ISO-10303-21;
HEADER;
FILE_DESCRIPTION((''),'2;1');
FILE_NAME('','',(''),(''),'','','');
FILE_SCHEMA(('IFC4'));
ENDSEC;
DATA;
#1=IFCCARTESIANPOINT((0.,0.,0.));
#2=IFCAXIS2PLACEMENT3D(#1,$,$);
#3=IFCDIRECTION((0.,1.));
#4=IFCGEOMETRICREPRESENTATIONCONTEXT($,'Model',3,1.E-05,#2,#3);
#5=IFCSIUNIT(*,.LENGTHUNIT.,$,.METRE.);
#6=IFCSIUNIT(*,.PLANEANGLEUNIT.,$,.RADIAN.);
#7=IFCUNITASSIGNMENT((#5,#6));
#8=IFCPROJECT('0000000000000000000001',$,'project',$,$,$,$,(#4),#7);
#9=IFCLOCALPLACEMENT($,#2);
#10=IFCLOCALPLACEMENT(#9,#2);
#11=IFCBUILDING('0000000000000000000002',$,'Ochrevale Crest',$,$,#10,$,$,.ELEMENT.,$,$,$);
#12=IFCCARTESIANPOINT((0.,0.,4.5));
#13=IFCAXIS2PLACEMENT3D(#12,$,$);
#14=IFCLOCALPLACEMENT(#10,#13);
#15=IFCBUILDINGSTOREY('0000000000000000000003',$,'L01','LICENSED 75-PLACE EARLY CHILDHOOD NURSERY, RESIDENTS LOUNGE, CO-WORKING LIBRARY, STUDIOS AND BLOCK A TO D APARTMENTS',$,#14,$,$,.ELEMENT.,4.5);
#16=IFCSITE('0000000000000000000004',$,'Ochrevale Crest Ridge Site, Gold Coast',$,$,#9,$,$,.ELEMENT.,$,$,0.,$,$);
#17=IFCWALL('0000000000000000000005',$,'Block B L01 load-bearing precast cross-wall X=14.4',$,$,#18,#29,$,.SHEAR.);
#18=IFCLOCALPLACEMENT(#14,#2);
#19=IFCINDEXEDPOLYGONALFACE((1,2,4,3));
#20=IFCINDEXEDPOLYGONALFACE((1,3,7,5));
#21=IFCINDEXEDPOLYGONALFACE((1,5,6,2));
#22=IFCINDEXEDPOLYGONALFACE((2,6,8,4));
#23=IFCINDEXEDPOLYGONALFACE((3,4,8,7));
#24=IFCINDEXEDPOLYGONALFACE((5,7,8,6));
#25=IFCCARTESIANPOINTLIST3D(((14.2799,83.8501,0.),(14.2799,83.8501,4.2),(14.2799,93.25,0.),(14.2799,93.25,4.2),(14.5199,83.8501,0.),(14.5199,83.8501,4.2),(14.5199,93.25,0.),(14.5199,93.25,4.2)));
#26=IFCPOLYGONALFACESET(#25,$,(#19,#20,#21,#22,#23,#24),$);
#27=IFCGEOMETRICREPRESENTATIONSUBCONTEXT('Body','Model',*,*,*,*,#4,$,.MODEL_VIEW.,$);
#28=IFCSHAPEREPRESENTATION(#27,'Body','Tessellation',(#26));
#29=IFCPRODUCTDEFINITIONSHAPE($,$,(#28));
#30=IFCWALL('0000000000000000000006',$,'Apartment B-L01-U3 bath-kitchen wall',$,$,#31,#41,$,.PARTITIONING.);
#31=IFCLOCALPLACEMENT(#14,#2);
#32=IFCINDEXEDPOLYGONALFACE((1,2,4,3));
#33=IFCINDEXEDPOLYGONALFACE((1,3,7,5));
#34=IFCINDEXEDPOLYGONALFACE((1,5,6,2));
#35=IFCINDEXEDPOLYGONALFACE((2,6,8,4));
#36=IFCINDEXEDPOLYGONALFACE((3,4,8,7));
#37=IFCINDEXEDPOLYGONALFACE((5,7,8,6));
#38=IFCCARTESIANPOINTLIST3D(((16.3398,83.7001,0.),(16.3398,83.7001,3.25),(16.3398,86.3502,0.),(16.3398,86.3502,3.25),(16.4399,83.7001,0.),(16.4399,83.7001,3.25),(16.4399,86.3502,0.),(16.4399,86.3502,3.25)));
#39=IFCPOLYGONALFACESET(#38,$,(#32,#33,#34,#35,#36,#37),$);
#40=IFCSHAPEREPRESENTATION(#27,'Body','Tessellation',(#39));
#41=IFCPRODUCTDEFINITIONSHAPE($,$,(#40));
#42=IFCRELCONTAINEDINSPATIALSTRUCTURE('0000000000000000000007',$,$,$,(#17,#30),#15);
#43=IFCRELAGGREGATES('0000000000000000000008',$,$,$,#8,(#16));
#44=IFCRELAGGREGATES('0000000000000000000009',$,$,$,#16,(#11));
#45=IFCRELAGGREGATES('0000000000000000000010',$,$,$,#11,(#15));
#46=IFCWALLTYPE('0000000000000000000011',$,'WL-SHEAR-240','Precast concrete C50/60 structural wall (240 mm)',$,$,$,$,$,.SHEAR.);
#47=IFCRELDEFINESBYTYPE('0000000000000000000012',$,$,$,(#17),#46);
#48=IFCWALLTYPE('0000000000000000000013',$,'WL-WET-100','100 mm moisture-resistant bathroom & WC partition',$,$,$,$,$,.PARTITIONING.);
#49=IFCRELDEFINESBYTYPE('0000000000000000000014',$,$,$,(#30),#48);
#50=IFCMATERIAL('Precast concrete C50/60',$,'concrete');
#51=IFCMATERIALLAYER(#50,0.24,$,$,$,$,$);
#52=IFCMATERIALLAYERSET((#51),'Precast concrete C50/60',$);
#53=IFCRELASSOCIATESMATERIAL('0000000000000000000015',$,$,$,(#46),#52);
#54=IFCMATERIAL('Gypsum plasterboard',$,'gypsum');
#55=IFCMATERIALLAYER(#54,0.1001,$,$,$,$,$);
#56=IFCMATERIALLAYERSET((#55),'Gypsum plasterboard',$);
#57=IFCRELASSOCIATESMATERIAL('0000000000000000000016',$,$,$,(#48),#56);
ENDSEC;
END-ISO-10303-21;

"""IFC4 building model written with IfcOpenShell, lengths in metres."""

from ifc_helpers import new_model, si_unit, direction, frame, frame_2d, origin, place, context, subcontext, project, spatial, rectangle, extrude, material, layer, layer_set, type_object, element, save


model = new_model("IFC4")

# Units and contexts
model_context = context("Model", 3, precision=1e-05, world=origin(), true_north=direction((0.0, 1.0)))
body_context = subcontext(model_context, "Body", "Model", "MODEL_VIEW")
ifc_project = project(units=[si_unit("LENGTHUNIT", "METRE"), si_unit("PLANEANGLEUNIT", "RADIAN")], contexts=[model_context])

# Site, building, storey
site_placement = place(None, origin())
site = spatial("IfcSite", under=ifc_project, at=site_placement, Name="Ochrevale Crest Ridge Site, Gold Coast", CompositionType="ELEMENT", RefElevation=0.0)
building_placement = place(site_placement, origin())
building = spatial("IfcBuilding", under=site, at=building_placement, Name="Ochrevale Crest", CompositionType="ELEMENT")
storey_placement = place(building_placement, frame((0.0, 0.0, 4.5)))
storey = spatial("IfcBuildingStorey", under=building, at=storey_placement, Name="L01", Description="LICENSED 75-PLACE EARLY CHILDHOOD NURSERY, RESIDENTS LOUNGE, CO-WORKING LIBRARY, STUDIOS AND BLOCK A TO D APARTMENTS", CompositionType="ELEMENT", Elevation=4.5)

# Shared definitions
ifc_material_1 = material(Name="Precast concrete C50/60", Category="concrete")

# Shared definitions
ifc_material_2 = material(Name="Gypsum plasterboard", Category="gypsum")

# Walls
ifc_layer_1 = layer(ifc_material_1, 0.24)
ifc_layer_set_1 = layer_set([ifc_layer_1], Name="Precast concrete C50/60")
wall_type_1 = type_object("IfcWallType", Name="WL-SHEAR-240", Description="Precast concrete C50/60 structural wall (240 mm)", PredefinedType="SHEAR", material=ifc_layer_set_1)
wall_1_placement = place(storey_placement, frame((14.3999, 83.8501, 0.0), z_axis=(0.0, 0.0, 1.0), x_axis=(0.0, 1.0, 0.0)))
element("IfcWall", 1, at=wall_1_placement, inside=storey, type_object=wall_type_1, Name="Block B L01 load-bearing precast cross-wall X=14.4", PredefinedType="SHEAR", context=body_context, shape_type="SweptSolid", body=[
    extrude(rectangle(XDim=9.3999, YDim=0.24, at=frame_2d((4.7, 0.0))), origin(), (0.0, 0.0, 1.0), 4.2),
])
ifc_layer_2 = layer(ifc_material_2, 0.1001)
ifc_layer_set_2 = layer_set([ifc_layer_2], Name="Gypsum plasterboard")
wall_type_2 = type_object("IfcWallType", Name="WL-WET-100", Description="100 mm moisture-resistant bathroom & WC partition", PredefinedType="PARTITIONING", material=ifc_layer_set_2)
wall_2_placement = place(storey_placement, frame((16.3899, 83.7, 0.0), z_axis=(0.0, 0.0, 1.0), x_axis=(0.0, 1.0, 0.0)))
element("IfcWall", 2, at=wall_2_placement, inside=storey, type_object=wall_type_2, Name="Apartment B-L01-U3 bath-kitchen wall", PredefinedType="PARTITIONING", context=body_context, shape_type="SweptSolid", body=[
    extrude(rectangle(XDim=2.6501, YDim=0.1001, at=frame_2d((1.3252, 0.0))), origin(), (0.0, 0.0, 1.0), 3.25),
])

save(model, "model.ifc")
